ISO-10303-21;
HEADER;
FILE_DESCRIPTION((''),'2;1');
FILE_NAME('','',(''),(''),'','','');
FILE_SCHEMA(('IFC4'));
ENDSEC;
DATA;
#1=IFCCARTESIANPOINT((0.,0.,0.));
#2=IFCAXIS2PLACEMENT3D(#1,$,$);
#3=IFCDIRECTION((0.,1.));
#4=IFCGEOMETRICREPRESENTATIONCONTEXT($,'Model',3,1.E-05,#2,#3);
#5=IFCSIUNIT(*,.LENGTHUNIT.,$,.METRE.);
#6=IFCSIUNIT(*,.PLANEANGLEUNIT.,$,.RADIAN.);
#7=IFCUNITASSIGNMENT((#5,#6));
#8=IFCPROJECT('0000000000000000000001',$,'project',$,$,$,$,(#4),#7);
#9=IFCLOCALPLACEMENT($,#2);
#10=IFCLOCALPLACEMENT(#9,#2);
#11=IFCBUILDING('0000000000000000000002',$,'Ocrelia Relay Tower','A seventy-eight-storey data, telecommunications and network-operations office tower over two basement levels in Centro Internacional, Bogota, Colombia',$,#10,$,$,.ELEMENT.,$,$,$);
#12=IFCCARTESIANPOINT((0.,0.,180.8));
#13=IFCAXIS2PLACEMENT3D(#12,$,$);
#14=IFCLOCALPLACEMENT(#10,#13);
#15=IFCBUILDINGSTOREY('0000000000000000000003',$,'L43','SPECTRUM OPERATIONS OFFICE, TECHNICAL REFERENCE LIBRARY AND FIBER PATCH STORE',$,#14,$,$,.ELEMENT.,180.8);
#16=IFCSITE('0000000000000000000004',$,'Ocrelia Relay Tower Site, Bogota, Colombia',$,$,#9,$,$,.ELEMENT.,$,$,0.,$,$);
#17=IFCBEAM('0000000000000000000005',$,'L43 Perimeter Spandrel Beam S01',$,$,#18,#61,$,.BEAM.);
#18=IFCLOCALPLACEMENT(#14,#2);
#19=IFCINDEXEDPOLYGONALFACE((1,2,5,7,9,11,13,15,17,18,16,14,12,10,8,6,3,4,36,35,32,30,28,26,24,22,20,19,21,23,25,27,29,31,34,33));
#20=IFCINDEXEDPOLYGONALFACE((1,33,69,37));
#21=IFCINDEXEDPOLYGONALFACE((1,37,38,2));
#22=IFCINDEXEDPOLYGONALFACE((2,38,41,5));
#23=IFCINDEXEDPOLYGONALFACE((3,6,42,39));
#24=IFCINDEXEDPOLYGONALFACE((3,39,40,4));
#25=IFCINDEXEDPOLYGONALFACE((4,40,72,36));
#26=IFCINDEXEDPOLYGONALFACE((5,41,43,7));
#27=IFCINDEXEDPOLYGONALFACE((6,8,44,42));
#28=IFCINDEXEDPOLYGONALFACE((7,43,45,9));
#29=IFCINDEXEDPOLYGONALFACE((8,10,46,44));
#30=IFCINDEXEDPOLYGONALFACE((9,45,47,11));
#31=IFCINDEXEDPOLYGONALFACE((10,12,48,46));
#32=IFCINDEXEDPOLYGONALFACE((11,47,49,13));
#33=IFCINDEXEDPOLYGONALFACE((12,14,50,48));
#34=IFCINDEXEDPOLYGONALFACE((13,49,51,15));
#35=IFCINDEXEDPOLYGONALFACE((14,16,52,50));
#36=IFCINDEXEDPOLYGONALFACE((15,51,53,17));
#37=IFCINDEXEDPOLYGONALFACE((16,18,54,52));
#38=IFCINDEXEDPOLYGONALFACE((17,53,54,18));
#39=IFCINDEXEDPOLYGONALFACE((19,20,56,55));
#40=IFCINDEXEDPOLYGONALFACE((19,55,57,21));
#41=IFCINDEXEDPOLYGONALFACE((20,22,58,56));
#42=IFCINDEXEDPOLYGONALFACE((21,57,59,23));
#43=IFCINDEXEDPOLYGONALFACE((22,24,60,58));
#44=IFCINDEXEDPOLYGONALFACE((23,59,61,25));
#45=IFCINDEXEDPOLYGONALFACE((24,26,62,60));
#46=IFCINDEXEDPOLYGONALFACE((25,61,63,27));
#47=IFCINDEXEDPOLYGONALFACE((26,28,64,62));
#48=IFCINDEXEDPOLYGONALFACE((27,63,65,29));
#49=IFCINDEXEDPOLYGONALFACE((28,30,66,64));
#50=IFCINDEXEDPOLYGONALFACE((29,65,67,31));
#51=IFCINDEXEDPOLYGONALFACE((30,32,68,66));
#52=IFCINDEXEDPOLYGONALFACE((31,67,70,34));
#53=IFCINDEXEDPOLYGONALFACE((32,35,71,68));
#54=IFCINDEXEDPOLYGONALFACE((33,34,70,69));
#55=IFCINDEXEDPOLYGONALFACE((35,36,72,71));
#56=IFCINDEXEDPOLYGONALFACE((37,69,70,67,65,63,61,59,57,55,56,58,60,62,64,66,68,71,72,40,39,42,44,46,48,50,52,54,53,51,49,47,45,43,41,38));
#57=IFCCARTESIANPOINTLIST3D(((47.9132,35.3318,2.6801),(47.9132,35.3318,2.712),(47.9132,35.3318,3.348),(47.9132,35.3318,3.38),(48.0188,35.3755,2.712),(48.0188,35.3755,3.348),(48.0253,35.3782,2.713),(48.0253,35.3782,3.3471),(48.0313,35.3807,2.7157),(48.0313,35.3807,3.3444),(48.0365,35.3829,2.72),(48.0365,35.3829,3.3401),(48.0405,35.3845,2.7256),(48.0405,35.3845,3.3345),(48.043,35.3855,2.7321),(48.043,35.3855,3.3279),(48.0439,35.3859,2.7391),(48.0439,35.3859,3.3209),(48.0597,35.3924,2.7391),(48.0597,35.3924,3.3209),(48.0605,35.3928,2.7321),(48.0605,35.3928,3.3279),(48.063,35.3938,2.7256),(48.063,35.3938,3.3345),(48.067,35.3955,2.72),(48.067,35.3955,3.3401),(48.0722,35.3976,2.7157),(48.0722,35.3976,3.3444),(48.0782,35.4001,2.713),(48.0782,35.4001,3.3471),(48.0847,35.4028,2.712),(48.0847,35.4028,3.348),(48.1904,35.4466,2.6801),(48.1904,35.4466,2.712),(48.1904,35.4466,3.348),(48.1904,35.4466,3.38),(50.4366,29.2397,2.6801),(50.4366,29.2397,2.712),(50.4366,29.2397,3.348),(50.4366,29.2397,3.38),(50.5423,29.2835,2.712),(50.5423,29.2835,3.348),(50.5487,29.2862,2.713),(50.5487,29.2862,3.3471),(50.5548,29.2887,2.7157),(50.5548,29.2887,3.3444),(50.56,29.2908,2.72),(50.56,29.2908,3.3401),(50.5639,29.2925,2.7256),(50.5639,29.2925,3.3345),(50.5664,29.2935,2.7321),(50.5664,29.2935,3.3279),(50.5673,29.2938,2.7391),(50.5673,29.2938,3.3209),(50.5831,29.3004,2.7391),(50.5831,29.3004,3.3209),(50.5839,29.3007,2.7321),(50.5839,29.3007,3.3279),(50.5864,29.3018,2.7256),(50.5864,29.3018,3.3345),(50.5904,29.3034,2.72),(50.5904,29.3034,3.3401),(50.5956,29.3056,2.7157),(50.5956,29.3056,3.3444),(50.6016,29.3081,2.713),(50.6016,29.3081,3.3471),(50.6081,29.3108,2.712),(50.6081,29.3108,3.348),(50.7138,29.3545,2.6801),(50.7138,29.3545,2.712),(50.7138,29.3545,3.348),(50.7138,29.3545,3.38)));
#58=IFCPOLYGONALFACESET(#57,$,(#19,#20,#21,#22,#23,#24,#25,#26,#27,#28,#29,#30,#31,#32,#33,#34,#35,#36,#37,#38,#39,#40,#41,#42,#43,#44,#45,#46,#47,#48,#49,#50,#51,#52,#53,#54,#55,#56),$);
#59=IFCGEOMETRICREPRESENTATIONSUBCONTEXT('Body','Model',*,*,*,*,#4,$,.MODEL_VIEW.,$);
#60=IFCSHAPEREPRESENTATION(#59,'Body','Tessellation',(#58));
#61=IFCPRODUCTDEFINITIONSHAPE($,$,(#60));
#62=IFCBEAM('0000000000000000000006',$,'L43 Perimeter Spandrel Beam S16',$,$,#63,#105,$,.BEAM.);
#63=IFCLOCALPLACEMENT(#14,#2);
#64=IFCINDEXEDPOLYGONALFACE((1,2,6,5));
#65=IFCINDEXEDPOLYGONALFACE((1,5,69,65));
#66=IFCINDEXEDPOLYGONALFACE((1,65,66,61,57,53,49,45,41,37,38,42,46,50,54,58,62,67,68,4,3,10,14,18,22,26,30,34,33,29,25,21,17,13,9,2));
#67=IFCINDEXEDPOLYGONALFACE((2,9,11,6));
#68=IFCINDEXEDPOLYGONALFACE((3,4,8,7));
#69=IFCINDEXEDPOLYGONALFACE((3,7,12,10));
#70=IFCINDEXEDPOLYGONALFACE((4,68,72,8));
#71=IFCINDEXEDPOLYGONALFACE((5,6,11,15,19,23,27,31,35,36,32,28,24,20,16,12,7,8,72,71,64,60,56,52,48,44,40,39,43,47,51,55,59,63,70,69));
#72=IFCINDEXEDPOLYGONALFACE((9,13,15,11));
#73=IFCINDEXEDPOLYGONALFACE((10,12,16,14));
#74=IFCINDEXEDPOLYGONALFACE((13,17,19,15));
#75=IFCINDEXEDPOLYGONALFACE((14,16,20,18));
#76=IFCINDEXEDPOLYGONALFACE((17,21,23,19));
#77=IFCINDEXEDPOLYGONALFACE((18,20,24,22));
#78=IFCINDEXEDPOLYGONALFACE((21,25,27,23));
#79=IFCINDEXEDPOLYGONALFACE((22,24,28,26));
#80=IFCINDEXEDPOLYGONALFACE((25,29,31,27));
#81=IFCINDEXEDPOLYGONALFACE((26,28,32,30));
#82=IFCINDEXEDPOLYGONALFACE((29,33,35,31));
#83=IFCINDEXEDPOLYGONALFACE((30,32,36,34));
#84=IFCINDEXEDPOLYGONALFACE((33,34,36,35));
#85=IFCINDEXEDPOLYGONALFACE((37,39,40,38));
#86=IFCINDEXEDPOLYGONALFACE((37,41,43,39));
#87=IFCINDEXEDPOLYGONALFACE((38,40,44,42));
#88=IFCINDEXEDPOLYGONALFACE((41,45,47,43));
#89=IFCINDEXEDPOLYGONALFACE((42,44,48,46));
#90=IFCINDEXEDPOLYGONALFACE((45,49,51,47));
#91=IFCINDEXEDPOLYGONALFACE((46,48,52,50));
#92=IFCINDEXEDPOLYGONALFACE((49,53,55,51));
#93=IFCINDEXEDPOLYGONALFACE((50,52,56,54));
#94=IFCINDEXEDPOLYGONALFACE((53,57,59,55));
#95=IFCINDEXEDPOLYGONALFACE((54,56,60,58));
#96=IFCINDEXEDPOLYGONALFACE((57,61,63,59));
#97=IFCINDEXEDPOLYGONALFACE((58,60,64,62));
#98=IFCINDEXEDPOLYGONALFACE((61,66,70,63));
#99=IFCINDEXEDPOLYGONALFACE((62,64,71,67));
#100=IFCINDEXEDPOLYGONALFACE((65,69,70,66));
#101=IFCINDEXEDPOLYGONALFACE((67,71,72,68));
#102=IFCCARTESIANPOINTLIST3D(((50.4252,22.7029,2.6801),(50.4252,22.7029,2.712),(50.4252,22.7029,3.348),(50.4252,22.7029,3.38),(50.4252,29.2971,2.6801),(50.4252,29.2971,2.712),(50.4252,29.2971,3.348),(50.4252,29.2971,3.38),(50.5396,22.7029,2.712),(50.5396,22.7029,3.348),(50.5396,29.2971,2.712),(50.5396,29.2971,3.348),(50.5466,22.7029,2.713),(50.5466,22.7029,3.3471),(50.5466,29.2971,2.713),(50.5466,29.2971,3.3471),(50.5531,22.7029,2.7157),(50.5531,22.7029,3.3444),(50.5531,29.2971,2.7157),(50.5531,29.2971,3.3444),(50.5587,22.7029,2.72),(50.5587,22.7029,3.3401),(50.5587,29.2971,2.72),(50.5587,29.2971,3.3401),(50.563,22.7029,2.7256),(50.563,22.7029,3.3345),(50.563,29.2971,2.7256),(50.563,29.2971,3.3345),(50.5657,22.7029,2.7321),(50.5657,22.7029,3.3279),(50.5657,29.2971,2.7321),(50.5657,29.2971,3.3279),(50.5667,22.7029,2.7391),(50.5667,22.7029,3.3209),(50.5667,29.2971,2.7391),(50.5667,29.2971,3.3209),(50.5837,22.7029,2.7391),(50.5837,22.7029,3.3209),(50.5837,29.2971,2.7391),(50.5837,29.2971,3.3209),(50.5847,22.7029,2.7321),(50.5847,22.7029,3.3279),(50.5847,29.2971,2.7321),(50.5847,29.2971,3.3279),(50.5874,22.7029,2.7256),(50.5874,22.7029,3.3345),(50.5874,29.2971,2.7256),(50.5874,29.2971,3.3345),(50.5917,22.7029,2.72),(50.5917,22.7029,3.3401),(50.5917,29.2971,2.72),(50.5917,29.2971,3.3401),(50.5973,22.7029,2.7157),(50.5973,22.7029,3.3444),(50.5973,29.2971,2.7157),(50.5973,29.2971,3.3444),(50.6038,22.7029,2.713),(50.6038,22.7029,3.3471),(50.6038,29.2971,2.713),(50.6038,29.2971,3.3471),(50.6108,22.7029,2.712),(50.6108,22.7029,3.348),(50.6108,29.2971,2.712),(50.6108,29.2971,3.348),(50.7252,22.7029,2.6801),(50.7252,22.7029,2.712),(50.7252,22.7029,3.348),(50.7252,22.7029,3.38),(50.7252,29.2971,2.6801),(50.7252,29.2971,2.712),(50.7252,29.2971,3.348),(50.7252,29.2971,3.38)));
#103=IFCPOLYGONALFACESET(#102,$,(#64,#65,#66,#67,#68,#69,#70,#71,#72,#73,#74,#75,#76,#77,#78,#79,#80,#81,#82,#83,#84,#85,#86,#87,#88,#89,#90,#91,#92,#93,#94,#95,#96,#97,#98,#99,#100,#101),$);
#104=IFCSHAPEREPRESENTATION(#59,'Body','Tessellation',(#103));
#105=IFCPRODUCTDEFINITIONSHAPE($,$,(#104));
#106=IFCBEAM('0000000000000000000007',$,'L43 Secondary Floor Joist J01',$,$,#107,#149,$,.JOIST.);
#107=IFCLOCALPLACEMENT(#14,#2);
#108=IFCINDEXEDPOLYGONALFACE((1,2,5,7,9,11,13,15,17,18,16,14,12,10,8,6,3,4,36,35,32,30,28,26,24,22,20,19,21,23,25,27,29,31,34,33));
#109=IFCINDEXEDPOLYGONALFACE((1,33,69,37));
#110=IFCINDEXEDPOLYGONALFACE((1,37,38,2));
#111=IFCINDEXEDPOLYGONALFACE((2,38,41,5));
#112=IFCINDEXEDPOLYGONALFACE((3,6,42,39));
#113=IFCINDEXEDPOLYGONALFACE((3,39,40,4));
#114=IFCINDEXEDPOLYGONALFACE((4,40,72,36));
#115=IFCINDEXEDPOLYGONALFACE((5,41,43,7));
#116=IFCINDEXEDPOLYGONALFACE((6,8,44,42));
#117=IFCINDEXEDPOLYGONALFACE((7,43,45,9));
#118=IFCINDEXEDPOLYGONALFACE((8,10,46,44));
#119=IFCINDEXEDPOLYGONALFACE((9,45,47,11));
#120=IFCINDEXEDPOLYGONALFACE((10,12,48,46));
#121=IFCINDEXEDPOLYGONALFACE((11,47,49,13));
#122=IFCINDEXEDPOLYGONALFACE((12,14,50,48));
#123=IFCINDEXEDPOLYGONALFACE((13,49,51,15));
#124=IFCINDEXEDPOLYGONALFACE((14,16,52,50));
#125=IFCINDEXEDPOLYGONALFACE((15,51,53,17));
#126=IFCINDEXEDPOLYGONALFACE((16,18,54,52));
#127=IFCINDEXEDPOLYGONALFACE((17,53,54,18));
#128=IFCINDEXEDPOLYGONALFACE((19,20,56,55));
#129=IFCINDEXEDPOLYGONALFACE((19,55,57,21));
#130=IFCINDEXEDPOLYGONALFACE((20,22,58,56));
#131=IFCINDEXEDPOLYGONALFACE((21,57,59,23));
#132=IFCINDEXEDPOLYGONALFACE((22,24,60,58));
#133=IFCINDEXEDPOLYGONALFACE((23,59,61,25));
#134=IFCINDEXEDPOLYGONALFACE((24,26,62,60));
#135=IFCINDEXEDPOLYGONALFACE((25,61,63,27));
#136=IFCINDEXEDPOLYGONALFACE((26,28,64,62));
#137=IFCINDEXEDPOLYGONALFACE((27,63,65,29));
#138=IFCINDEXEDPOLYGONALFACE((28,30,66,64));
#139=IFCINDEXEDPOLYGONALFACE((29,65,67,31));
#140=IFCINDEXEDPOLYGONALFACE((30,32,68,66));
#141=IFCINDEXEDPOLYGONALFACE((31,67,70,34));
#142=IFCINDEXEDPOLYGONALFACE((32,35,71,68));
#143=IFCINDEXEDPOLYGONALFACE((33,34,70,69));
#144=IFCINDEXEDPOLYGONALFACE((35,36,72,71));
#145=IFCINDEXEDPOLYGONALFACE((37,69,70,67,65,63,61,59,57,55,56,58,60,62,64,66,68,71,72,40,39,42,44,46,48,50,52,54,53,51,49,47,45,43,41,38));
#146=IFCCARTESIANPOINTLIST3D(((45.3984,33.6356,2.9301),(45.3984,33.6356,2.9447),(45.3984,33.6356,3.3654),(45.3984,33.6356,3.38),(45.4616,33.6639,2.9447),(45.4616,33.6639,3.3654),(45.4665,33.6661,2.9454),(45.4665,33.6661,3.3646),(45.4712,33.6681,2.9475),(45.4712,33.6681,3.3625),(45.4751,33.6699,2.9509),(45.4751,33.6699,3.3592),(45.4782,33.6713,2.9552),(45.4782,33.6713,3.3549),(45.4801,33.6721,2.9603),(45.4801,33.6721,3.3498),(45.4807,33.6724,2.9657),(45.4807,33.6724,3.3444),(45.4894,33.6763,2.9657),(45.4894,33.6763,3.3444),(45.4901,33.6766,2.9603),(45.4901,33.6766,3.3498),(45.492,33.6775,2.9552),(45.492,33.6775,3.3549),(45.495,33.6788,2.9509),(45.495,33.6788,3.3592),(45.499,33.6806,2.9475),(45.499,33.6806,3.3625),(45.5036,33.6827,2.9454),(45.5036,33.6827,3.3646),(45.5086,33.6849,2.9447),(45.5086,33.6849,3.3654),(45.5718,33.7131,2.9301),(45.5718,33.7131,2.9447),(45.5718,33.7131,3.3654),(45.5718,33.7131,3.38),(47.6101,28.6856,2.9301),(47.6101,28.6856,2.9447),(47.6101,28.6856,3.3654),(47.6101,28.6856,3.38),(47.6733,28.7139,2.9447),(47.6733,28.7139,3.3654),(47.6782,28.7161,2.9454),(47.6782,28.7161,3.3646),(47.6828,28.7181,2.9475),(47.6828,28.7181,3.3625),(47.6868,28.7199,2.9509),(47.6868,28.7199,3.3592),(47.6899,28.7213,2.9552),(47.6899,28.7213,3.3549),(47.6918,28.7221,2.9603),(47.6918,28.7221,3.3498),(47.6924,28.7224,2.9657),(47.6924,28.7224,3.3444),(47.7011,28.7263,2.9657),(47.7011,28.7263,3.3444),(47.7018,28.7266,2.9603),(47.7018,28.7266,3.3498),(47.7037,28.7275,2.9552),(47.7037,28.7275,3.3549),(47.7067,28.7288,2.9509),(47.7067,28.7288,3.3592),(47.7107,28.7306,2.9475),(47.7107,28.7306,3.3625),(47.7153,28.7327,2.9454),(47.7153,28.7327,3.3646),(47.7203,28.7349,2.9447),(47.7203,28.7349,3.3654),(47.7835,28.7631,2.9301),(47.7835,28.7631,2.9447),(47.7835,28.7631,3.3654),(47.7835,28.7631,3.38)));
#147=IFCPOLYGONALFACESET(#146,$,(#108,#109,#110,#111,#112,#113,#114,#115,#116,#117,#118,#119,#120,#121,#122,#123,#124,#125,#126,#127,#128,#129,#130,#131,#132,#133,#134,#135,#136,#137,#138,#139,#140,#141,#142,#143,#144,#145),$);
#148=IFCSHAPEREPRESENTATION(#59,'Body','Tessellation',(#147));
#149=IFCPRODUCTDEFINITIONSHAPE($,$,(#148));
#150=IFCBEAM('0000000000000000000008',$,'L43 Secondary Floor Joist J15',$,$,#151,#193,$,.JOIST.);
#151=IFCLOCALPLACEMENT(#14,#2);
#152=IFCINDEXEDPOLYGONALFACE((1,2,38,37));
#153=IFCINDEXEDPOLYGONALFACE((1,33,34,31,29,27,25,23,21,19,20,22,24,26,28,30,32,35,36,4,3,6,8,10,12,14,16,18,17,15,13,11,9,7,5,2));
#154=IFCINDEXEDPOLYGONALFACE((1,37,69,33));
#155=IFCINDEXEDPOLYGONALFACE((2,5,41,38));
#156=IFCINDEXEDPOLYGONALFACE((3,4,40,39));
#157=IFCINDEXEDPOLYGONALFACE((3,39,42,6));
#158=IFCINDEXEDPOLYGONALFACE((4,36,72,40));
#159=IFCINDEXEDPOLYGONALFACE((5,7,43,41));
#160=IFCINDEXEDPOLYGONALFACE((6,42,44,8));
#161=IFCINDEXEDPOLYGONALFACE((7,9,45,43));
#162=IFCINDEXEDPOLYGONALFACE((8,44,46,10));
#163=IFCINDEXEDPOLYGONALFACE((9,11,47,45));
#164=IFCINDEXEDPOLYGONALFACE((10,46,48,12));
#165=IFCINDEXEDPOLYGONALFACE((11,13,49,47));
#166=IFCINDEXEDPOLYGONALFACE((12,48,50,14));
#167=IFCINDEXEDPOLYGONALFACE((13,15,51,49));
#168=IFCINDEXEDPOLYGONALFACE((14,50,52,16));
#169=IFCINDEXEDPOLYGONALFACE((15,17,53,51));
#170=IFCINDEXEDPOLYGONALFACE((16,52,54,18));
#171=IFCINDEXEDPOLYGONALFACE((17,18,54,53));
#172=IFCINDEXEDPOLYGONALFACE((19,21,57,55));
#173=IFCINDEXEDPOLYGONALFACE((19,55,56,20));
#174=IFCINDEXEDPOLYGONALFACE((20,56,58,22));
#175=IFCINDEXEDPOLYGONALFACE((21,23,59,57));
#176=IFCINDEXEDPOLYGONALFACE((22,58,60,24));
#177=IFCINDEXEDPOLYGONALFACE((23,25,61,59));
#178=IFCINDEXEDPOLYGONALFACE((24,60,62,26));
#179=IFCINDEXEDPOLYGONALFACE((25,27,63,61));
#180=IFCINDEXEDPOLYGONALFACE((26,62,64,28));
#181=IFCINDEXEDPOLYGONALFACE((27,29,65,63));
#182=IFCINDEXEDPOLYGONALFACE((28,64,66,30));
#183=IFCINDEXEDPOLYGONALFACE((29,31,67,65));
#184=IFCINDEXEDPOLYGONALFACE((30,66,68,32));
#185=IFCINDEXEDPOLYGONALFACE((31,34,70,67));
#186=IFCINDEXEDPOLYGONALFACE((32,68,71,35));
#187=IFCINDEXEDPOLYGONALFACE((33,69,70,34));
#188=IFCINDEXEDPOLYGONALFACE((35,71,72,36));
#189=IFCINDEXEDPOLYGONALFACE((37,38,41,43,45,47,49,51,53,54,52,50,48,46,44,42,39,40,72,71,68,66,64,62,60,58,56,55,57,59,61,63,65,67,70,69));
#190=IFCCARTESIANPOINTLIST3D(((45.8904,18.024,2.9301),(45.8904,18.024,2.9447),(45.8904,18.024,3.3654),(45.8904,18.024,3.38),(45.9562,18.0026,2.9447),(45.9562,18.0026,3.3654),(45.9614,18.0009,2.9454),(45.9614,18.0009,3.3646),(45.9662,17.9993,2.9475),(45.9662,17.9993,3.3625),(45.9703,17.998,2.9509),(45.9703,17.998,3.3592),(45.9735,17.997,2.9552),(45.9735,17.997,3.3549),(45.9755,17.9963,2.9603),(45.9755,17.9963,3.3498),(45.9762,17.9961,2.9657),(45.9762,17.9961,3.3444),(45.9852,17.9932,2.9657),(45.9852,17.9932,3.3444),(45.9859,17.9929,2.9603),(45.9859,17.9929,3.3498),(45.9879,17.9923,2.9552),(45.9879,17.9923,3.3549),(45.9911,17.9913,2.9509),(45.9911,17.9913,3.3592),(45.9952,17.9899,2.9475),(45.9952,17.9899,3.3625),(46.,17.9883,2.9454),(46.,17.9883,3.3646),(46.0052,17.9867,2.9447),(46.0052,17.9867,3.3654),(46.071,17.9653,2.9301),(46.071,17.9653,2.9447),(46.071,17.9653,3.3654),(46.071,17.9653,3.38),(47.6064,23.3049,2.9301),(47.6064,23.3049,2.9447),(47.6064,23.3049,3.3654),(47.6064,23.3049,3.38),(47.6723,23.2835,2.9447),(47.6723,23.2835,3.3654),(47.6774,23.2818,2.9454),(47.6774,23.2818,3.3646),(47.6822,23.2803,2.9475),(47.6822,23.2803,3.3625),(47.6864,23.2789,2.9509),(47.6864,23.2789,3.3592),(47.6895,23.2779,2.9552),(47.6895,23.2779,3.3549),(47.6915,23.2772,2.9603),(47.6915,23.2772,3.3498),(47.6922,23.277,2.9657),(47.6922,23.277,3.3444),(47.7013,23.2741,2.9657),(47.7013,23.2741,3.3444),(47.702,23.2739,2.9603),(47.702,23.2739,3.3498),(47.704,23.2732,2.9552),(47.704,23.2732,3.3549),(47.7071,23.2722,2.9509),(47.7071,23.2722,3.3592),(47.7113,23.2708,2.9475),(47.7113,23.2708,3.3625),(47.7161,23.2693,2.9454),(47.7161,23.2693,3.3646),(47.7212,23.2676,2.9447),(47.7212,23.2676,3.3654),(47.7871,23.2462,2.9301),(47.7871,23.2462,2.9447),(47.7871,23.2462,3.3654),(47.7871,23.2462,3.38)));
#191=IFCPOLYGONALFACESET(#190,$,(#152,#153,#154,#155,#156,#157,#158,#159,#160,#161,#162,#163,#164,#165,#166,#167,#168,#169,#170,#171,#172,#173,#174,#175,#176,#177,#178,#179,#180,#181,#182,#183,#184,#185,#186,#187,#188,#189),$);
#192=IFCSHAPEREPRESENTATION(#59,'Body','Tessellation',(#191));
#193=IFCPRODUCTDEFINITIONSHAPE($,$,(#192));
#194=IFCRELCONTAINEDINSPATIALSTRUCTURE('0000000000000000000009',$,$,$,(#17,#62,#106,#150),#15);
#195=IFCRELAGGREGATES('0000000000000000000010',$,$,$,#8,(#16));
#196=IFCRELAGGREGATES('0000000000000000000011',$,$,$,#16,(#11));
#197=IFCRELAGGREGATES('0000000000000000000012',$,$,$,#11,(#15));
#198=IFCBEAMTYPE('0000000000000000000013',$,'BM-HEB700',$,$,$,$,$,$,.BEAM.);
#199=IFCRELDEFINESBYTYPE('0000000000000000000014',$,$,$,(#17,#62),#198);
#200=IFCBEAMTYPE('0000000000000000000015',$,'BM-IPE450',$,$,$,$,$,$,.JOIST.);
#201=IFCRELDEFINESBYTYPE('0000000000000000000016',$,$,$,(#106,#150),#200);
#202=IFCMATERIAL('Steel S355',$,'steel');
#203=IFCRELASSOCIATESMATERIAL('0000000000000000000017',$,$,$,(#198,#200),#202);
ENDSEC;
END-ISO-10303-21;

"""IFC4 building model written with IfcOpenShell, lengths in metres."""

from ifc_helpers import new_model, si_unit, direction, frame, origin, origin_2d, place, context, subcontext, project, spatial, i_section, extrude, material, material_profile, profile_set, type_object, element, save


model = new_model("IFC4")

# Units and contexts
model_context = context("Model", 3, precision=1e-05, world=origin(), true_north=direction((0.0, 1.0)))
body_context = subcontext(model_context, "Body", "Model", "MODEL_VIEW")
ifc_project = project(units=[si_unit("LENGTHUNIT", "METRE"), si_unit("PLANEANGLEUNIT", "RADIAN")], contexts=[model_context])

# Site, building, storey
site_placement = place(None, origin())
site = spatial("IfcSite", under=ifc_project, at=site_placement, Name="Ocrelia Relay Tower Site, Bogota, Colombia", CompositionType="ELEMENT", RefElevation=0.0)
building_placement = place(site_placement, origin())
building = spatial("IfcBuilding", under=site, at=building_placement, Name="Ocrelia Relay Tower", Description="A seventy-eight-storey data, telecommunications and network-operations office tower over two basement levels in Centro Internacional, Bogota, Colombia", CompositionType="ELEMENT")
storey_placement = place(building_placement, frame((0.0, 0.0, 180.8)))
storey = spatial("IfcBuildingStorey", under=building, at=storey_placement, Name="L43", Description="SPECTRUM OPERATIONS OFFICE, TECHNICAL REFERENCE LIBRARY AND FIBER PATCH STORE", CompositionType="ELEMENT", Elevation=180.8)

# Beams
ifc_material_1 = material(Name="Steel S355", Category="steel")
ifc_material_profile_1 = material_profile(ifc_material_1, i_section(OverallWidth=0.3, OverallDepth=0.7, WebThickness=0.0171, FlangeThickness=0.032, FilletRadius=0.0271, at=origin_2d()), Name="HEB 700")
ifc_profile_set_1 = profile_set([ifc_material_profile_1], Name="Steel S355")
beam_type_1 = type_object("IfcBeamType", Name="BM-HEB700", PredefinedType="BEAM", material=ifc_profile_set_1)
beam_1_placement = place(storey_placement, frame((50.5752, 29.2971, 3.03), z_axis=(-0.382688, 0.923878, 0.0), x_axis=(-0.923878, -0.382688, 0.0)))
element("IfcBeam", 1, at=beam_1_placement, inside=storey, type_object=beam_type_1, Name="L43 Perimeter Spandrel Beam S01", PredefinedType="BEAM", context=body_context, shape_type="SweptSolid", body=[
    extrude(i_section(OverallWidth=0.3, OverallDepth=0.7, WebThickness=0.0171, FlangeThickness=0.032, FilletRadius=0.0271, at=origin_2d()), origin(), (0.0, 0.0, 1.0), 6.594),
])
beam_2_placement = place(storey_placement, frame((50.5752, 22.7029, 3.03), z_axis=(0.0, 1.0, 0.0), x_axis=(-1.0, 0.0, 0.0)))
element("IfcBeam", 2, at=beam_2_placement, inside=storey, type_object=beam_type_1, Name="L43 Perimeter Spandrel Beam S16", PredefinedType="BEAM", context=body_context, shape_type="SweptSolid", body=[
    extrude(i_section(OverallWidth=0.3, OverallDepth=0.7, WebThickness=0.0171, FlangeThickness=0.032, FilletRadius=0.0271, at=origin_2d()), origin(), (0.0, 0.0, 1.0), 6.5942),
])
ifc_material_profile_2 = material_profile(ifc_material_1, i_section(OverallWidth=0.1899, OverallDepth=0.45, WebThickness=0.0095, FlangeThickness=0.0146, FilletRadius=0.021, at=origin_2d()), Name="IPE 450")
ifc_profile_set_2 = profile_set([ifc_material_profile_2], Name="Steel S355")
beam_type_2 = type_object("IfcBeamType", Name="BM-IPE450", PredefinedType="JOIST", material=ifc_profile_set_2)
beam_3_placement = place(storey_placement, frame((47.6968, 28.7244, 3.155), z_axis=(-0.407938, 0.913009, 0.0), x_axis=(-0.913009, -0.407938, 0.0)))
element("IfcBeam", 3, at=beam_3_placement, inside=storey, type_object=beam_type_2, Name="L43 Secondary Floor Joist J01", PredefinedType="JOIST", context=body_context, shape_type="SweptSolid", body=[
    extrude(i_section(OverallWidth=0.1899, OverallDepth=0.45, WebThickness=0.0095, FlangeThickness=0.0146, FilletRadius=0.021, at=origin_2d()), origin(), (0.0, 0.0, 1.0), 5.4216),
])
beam_4_placement = place(storey_placement, frame((45.9807, 17.9946, 3.155), z_axis=(0.309043, 0.951048, 0.0), x_axis=(-0.951048, 0.309043, 0.0)))
element("IfcBeam", 4, at=beam_4_placement, inside=storey, type_object=beam_type_2, Name="L43 Secondary Floor Joist J15", PredefinedType="JOIST", context=body_context, shape_type="SweptSolid", body=[
    extrude(i_section(OverallWidth=0.1899, OverallDepth=0.45, WebThickness=0.0095, FlangeThickness=0.0146, FilletRadius=0.021, at=origin_2d()), origin(), (0.0, 0.0, 1.0), 5.5527),
])

save(model, "model.ifc")
